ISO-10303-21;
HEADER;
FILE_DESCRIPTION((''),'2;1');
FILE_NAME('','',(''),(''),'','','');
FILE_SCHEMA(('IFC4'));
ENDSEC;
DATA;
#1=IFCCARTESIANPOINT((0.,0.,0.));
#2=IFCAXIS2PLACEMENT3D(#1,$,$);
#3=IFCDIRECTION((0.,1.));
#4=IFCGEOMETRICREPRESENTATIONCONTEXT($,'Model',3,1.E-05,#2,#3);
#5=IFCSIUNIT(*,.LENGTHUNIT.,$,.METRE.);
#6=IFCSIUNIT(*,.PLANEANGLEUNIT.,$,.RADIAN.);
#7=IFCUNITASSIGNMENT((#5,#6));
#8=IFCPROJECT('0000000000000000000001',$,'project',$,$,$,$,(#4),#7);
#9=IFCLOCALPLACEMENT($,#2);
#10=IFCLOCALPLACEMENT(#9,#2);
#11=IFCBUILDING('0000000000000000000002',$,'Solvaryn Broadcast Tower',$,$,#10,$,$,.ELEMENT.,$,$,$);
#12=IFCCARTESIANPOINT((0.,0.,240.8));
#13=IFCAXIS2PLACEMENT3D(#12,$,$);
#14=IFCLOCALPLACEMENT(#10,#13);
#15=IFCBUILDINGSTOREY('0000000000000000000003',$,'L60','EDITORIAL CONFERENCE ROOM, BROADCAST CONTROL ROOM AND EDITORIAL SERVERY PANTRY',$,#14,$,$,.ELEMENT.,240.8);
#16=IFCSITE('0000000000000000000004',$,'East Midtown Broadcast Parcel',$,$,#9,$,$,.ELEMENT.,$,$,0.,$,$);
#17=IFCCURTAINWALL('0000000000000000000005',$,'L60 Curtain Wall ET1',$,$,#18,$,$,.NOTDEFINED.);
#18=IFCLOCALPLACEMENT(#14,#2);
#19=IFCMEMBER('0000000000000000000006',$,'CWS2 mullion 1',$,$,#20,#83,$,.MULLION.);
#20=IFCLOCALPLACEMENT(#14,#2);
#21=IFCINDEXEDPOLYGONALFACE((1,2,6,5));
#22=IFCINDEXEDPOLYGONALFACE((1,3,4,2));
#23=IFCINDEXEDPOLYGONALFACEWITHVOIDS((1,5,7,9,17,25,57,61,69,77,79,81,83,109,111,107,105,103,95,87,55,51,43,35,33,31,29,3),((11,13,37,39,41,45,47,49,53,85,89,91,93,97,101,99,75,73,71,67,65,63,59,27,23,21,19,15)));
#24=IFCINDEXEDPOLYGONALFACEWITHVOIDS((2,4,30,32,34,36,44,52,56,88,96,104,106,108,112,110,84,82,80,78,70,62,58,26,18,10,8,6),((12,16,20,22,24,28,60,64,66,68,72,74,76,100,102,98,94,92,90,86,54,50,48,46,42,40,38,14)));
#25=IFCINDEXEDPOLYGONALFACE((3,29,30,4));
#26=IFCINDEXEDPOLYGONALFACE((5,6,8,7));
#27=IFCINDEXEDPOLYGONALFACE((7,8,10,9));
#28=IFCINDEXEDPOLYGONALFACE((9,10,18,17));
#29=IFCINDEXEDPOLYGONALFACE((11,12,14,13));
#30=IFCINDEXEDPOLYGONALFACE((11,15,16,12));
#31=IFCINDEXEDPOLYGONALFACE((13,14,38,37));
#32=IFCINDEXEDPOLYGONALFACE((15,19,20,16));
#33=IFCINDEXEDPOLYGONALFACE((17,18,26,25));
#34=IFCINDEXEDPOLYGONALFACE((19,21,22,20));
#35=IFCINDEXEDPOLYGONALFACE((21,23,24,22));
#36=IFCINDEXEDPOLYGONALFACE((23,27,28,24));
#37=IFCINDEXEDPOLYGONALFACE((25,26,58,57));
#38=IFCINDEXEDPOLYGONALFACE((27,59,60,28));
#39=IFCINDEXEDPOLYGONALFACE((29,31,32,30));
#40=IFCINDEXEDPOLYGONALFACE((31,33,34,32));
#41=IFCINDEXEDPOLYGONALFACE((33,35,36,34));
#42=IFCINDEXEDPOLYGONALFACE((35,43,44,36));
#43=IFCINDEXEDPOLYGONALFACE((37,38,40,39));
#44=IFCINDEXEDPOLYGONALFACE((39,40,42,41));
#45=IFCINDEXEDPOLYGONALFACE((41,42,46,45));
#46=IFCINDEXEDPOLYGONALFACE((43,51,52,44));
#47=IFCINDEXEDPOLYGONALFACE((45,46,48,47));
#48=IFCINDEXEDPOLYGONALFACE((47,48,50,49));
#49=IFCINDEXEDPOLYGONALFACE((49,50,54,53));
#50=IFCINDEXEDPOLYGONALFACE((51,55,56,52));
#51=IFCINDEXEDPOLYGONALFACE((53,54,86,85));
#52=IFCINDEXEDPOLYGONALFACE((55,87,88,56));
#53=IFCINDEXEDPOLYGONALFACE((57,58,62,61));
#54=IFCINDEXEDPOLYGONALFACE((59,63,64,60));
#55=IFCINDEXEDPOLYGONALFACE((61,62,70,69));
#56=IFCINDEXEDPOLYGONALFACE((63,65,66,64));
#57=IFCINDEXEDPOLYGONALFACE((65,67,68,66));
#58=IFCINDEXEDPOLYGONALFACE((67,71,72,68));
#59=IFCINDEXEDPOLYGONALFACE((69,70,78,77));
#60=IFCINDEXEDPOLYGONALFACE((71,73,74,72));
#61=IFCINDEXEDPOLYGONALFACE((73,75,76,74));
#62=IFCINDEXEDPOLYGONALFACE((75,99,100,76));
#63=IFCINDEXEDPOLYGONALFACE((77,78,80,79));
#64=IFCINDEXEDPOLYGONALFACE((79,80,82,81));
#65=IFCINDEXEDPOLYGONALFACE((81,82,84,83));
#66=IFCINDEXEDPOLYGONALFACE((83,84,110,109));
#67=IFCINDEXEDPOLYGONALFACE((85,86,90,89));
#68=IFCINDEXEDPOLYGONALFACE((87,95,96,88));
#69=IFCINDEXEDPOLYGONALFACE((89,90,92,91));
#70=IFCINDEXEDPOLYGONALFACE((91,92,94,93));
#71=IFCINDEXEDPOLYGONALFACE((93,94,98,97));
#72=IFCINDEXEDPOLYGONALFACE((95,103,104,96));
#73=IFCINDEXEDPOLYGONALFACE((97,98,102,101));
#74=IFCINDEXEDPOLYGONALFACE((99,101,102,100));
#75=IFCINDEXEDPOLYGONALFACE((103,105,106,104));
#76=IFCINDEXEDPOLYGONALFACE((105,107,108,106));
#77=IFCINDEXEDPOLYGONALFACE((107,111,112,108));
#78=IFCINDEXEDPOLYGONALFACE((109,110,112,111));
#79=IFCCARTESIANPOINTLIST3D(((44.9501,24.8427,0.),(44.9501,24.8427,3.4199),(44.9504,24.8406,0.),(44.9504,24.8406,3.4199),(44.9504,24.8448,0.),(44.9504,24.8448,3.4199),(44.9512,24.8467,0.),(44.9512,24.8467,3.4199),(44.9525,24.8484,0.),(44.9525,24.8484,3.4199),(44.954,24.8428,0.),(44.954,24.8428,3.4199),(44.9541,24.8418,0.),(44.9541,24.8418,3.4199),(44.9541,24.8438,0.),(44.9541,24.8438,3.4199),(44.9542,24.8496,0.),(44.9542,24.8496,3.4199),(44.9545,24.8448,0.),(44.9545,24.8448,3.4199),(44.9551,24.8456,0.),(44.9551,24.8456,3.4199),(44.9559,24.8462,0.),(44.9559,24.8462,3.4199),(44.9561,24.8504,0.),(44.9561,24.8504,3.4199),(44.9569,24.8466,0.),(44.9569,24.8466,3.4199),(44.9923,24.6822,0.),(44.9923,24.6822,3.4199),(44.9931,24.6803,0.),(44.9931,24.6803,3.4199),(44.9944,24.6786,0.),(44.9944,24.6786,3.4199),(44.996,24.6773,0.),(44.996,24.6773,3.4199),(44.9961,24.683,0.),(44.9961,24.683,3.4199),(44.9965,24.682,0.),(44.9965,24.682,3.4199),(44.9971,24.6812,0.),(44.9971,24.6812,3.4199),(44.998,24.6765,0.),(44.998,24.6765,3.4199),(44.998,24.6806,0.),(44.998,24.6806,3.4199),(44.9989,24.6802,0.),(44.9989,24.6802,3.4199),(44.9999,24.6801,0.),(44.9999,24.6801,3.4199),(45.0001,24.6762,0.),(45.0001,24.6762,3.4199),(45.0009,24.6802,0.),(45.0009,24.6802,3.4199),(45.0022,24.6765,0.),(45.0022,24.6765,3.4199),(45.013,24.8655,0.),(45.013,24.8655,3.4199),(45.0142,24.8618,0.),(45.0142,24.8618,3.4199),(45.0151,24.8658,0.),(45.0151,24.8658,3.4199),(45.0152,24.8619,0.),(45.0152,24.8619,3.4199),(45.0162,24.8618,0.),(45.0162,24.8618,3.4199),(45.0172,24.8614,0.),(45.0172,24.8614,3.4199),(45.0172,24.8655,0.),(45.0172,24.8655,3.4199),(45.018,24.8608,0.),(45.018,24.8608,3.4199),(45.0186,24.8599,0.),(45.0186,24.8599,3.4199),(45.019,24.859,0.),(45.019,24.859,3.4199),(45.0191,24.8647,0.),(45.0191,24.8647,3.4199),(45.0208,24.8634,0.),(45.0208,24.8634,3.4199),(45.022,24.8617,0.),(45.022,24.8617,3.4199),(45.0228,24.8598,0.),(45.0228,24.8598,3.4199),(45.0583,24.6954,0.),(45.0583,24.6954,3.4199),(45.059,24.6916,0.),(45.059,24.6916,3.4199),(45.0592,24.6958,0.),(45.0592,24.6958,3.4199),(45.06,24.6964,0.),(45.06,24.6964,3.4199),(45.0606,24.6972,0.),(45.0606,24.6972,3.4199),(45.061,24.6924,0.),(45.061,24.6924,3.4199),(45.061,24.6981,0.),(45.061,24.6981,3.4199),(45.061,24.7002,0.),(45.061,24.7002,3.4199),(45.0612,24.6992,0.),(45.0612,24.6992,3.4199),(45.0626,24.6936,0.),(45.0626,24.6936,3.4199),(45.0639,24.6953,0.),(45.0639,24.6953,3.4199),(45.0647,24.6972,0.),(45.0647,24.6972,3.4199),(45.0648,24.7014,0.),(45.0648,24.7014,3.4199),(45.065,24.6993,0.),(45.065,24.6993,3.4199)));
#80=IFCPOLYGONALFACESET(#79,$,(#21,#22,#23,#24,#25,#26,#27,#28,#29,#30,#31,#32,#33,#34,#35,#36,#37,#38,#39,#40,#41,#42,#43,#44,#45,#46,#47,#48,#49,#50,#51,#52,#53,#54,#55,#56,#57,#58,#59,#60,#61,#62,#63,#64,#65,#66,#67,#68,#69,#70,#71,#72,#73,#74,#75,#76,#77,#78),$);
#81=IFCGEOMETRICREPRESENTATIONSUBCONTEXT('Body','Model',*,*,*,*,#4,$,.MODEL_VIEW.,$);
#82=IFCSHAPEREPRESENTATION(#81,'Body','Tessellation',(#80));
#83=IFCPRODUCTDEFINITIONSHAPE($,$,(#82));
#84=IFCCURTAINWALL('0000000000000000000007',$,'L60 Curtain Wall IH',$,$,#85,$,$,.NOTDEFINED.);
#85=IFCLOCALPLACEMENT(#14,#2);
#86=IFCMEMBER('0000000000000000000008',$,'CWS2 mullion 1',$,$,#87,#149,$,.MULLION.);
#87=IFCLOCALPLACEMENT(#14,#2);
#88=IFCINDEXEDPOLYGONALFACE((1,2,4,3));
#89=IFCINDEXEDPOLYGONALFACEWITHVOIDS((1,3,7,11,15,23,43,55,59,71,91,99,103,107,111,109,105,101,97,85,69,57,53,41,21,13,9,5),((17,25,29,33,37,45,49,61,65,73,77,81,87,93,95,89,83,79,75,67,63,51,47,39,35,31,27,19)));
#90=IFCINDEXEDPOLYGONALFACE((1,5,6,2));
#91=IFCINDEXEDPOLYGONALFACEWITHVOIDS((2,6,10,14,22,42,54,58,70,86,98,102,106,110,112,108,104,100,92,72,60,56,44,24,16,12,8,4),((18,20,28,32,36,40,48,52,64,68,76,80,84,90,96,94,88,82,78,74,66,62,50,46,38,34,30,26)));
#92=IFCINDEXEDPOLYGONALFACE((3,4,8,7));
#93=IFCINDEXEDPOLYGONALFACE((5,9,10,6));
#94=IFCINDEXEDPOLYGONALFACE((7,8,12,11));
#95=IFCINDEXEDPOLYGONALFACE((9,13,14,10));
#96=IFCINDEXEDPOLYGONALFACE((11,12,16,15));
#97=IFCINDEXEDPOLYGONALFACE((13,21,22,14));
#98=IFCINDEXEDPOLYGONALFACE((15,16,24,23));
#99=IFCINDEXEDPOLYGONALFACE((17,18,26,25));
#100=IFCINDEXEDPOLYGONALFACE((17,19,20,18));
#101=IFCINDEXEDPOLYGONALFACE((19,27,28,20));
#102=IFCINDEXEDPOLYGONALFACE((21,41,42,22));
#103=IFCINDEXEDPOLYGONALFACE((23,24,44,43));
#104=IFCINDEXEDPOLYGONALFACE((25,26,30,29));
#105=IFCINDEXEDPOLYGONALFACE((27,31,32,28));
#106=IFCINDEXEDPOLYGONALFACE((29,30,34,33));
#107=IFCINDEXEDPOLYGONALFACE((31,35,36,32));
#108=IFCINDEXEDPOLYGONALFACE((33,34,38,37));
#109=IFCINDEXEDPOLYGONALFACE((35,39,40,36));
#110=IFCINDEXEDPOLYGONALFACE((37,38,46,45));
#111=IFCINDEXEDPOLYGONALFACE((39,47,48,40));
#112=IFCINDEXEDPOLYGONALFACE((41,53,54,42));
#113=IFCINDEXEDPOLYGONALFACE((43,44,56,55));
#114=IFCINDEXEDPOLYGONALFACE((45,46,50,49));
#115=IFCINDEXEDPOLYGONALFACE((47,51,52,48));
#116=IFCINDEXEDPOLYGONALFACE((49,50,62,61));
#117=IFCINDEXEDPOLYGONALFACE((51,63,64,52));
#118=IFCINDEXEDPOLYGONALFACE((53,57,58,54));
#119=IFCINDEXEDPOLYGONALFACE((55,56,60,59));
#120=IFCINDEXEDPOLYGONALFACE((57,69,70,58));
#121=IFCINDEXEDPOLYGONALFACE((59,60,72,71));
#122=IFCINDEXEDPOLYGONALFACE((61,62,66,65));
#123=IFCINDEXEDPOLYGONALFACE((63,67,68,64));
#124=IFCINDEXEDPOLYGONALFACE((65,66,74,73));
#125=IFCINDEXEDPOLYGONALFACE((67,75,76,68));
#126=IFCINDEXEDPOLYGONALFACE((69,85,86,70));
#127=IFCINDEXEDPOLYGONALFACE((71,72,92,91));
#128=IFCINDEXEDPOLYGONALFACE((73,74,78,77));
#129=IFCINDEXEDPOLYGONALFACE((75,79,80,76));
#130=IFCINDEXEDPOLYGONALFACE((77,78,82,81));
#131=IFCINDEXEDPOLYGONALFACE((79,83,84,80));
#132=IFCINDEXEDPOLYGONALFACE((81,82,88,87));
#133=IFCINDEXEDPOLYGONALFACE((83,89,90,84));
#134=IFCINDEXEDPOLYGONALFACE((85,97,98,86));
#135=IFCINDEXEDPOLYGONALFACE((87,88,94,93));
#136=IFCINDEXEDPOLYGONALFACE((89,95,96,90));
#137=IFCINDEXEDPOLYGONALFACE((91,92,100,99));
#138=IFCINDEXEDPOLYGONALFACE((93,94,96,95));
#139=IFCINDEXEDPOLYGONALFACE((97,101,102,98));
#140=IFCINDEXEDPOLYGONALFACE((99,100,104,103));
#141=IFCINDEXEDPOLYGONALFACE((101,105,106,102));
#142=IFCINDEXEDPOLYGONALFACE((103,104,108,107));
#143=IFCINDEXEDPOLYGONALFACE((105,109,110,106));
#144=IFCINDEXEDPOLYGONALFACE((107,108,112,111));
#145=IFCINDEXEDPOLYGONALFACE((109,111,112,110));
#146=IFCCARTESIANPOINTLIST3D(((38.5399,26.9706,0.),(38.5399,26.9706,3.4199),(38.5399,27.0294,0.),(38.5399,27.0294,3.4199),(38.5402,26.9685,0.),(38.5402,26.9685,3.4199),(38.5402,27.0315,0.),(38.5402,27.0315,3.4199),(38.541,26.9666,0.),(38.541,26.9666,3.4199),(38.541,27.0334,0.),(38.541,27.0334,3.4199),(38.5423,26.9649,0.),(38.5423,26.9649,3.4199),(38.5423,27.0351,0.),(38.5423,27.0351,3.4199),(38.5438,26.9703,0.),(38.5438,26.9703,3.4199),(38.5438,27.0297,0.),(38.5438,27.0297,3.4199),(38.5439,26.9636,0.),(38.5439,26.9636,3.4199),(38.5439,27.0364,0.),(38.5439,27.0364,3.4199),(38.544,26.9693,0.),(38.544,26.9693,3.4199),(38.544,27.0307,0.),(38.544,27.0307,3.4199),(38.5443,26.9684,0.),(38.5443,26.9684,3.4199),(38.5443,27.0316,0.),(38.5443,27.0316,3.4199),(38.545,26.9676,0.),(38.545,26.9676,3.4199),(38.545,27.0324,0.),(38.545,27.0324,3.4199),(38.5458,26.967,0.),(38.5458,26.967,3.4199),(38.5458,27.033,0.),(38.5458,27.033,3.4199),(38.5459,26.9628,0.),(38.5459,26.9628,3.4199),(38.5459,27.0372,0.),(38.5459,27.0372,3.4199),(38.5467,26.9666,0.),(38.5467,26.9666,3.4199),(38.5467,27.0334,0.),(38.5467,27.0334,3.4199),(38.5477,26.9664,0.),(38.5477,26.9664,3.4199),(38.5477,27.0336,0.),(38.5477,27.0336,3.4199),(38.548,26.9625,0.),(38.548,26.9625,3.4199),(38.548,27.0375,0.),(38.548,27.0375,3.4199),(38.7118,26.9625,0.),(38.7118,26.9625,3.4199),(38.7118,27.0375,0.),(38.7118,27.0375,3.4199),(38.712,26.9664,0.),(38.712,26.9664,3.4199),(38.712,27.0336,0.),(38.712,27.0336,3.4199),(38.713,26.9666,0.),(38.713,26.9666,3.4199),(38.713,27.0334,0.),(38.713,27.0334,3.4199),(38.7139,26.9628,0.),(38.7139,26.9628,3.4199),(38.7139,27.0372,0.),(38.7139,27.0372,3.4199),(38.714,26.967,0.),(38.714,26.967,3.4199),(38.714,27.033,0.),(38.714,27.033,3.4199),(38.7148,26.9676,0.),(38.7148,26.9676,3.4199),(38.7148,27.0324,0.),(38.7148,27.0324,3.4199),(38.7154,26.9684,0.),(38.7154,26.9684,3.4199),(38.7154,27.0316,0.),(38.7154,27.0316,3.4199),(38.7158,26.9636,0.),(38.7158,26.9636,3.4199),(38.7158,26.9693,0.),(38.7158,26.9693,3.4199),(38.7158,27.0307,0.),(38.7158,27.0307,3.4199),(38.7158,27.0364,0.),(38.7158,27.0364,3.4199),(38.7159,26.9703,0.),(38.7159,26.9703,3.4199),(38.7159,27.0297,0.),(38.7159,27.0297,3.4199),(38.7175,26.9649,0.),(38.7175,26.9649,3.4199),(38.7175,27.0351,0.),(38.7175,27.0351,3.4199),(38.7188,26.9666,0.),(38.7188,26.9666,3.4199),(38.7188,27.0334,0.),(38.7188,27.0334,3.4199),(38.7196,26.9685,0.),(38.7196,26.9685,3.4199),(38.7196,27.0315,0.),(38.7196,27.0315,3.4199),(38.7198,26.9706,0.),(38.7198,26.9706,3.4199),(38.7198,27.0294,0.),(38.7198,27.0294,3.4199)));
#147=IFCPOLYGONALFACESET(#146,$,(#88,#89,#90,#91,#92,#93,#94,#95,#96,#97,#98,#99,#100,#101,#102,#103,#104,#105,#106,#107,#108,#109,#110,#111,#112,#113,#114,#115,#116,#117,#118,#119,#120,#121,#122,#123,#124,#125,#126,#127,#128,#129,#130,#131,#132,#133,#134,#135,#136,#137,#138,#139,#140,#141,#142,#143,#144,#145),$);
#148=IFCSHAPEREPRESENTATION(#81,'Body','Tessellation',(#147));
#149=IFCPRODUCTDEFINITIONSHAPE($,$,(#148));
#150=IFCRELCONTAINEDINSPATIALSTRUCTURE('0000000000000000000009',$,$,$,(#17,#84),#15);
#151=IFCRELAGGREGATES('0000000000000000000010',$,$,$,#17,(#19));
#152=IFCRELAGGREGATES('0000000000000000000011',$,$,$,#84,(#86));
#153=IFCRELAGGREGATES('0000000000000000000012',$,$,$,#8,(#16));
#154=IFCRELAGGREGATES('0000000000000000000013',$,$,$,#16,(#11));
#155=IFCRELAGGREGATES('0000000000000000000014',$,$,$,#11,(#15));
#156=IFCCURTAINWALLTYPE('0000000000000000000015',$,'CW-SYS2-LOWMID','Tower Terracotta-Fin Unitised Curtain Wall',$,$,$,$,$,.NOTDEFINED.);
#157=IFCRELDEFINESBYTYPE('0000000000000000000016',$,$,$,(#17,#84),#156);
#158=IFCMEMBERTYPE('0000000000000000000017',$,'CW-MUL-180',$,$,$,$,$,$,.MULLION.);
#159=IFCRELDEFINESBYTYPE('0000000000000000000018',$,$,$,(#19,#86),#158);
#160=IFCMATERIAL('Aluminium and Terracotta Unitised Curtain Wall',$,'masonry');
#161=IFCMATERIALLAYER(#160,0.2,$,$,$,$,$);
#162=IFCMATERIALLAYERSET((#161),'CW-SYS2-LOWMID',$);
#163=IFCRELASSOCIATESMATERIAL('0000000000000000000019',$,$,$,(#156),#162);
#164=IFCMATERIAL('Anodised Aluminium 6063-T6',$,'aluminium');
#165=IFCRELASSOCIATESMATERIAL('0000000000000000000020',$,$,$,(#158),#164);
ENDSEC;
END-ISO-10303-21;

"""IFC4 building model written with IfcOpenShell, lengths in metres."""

from ifc_helpers import new_model, si_unit, direction, frame, origin, origin_2d, place, context, subcontext, project, spatial, hollow_rectangle, extrude, material, layer, layer_set, material_profile, profile_set, type_object, element, aggregate, save


model = new_model("IFC4")

# Units and contexts
model_context = context("Model", 3, precision=1e-05, world=origin(), true_north=direction((0.0, 1.0)))
body_context = subcontext(model_context, "Body", "Model", "MODEL_VIEW")
ifc_project = project(units=[si_unit("LENGTHUNIT", "METRE"), si_unit("PLANEANGLEUNIT", "RADIAN")], contexts=[model_context])

# Site, building, storey
site_placement = place(None, origin())
site = spatial("IfcSite", under=ifc_project, at=site_placement, Name="East Midtown Broadcast Parcel", CompositionType="ELEMENT", RefElevation=0.0)
building_placement = place(site_placement, origin())
building = spatial("IfcBuilding", under=site, at=building_placement, Name="Solvaryn Broadcast Tower", CompositionType="ELEMENT")
storey_placement = place(building_placement, frame((0.0, 0.0, 240.8)))
storey = spatial("IfcBuildingStorey", under=building, at=storey_placement, Name="L60", Description="EDITORIAL CONFERENCE ROOM, BROADCAST CONTROL ROOM AND EDITORIAL SERVERY PANTRY", CompositionType="ELEMENT", Elevation=240.8)

# Curtain wall, member
ifc_material_1 = material(Name="Aluminium and Terracotta Unitised Curtain Wall", Category="masonry")
ifc_layer_1 = layer(ifc_material_1, 0.2)
ifc_layer_set_1 = layer_set([ifc_layer_1], Name="CW-SYS2-LOWMID")
curtain_wall_type = type_object("IfcCurtainWallType", Name="CW-SYS2-LOWMID", Description="Tower Terracotta-Fin Unitised Curtain Wall", PredefinedType="NOTDEFINED", material=ifc_layer_set_1)
curtain_wall_1_placement = place(storey_placement, origin())
curtain_wall_1 = element("IfcCurtainWall", 1, at=curtain_wall_1_placement, inside=storey, type_object=curtain_wall_type, Name="L60 Curtain Wall ET1", PredefinedType="NOTDEFINED")
ifc_material_2 = material(Name="Anodised Aluminium 6063-T6", Category="aluminium")
ifc_material_profile_1 = material_profile(ifc_material_2, hollow_rectangle(XDim=0.075, YDim=0.1799, WallThickness=0.0039, InnerFilletRadius=0.0039, OuterFilletRadius=0.0081, at=origin_2d()))
ifc_profile_set_1 = profile_set([ifc_material_profile_1], Name="Anodised Aluminium 6063-T6")
member_type_1 = type_object("IfcMemberType", Name="CW-MUL-180", PredefinedType="MULLION", material=ifc_profile_set_1)
member_1_placement = place(storey_placement, frame((45.0076, 24.771, 0.0), z_axis=(0.0, 0.0, 1.0), x_axis=(0.966705, 0.255893, 0.0)))
member_1 = element("IfcMember", 2, at=member_1_placement, type_object=member_type_1, Name="CWS2 mullion 1", PredefinedType="MULLION", context=body_context, shape_type="SweptSolid", body=[
    extrude(hollow_rectangle(XDim=0.075, YDim=0.1799, WallThickness=0.0039, InnerFilletRadius=0.0039, OuterFilletRadius=0.0081, at=origin_2d()), origin(), (0.0, 0.0, 1.0), 3.4199),
])

# Curtain wall, member
curtain_wall_2_placement = place(storey_placement, origin())
curtain_wall_2 = element("IfcCurtainWall", 3, at=curtain_wall_2_placement, inside=storey, type_object=curtain_wall_type, Name="L60 Curtain Wall IH", PredefinedType="NOTDEFINED")
member_2_placement = place(storey_placement, frame((38.6299, 27.0, 0.0), z_axis=(0.0, 0.0, 1.0), x_axis=(0.0, 1.0, 0.0)))
member_2 = element("IfcMember", 4, at=member_2_placement, type_object=member_type_1, Name="CWS2 mullion 1", PredefinedType="MULLION", context=body_context, shape_type="SweptSolid", body=[
    extrude(hollow_rectangle(XDim=0.075, YDim=0.1799, WallThickness=0.0039, InnerFilletRadius=0.0039, OuterFilletRadius=0.0081, at=origin_2d()), origin(), (0.0, 0.0, 1.0), 3.4199),
])

aggregate(curtain_wall_1, [member_1])
aggregate(curtain_wall_2, [member_2])

save(model, "model.ifc")
